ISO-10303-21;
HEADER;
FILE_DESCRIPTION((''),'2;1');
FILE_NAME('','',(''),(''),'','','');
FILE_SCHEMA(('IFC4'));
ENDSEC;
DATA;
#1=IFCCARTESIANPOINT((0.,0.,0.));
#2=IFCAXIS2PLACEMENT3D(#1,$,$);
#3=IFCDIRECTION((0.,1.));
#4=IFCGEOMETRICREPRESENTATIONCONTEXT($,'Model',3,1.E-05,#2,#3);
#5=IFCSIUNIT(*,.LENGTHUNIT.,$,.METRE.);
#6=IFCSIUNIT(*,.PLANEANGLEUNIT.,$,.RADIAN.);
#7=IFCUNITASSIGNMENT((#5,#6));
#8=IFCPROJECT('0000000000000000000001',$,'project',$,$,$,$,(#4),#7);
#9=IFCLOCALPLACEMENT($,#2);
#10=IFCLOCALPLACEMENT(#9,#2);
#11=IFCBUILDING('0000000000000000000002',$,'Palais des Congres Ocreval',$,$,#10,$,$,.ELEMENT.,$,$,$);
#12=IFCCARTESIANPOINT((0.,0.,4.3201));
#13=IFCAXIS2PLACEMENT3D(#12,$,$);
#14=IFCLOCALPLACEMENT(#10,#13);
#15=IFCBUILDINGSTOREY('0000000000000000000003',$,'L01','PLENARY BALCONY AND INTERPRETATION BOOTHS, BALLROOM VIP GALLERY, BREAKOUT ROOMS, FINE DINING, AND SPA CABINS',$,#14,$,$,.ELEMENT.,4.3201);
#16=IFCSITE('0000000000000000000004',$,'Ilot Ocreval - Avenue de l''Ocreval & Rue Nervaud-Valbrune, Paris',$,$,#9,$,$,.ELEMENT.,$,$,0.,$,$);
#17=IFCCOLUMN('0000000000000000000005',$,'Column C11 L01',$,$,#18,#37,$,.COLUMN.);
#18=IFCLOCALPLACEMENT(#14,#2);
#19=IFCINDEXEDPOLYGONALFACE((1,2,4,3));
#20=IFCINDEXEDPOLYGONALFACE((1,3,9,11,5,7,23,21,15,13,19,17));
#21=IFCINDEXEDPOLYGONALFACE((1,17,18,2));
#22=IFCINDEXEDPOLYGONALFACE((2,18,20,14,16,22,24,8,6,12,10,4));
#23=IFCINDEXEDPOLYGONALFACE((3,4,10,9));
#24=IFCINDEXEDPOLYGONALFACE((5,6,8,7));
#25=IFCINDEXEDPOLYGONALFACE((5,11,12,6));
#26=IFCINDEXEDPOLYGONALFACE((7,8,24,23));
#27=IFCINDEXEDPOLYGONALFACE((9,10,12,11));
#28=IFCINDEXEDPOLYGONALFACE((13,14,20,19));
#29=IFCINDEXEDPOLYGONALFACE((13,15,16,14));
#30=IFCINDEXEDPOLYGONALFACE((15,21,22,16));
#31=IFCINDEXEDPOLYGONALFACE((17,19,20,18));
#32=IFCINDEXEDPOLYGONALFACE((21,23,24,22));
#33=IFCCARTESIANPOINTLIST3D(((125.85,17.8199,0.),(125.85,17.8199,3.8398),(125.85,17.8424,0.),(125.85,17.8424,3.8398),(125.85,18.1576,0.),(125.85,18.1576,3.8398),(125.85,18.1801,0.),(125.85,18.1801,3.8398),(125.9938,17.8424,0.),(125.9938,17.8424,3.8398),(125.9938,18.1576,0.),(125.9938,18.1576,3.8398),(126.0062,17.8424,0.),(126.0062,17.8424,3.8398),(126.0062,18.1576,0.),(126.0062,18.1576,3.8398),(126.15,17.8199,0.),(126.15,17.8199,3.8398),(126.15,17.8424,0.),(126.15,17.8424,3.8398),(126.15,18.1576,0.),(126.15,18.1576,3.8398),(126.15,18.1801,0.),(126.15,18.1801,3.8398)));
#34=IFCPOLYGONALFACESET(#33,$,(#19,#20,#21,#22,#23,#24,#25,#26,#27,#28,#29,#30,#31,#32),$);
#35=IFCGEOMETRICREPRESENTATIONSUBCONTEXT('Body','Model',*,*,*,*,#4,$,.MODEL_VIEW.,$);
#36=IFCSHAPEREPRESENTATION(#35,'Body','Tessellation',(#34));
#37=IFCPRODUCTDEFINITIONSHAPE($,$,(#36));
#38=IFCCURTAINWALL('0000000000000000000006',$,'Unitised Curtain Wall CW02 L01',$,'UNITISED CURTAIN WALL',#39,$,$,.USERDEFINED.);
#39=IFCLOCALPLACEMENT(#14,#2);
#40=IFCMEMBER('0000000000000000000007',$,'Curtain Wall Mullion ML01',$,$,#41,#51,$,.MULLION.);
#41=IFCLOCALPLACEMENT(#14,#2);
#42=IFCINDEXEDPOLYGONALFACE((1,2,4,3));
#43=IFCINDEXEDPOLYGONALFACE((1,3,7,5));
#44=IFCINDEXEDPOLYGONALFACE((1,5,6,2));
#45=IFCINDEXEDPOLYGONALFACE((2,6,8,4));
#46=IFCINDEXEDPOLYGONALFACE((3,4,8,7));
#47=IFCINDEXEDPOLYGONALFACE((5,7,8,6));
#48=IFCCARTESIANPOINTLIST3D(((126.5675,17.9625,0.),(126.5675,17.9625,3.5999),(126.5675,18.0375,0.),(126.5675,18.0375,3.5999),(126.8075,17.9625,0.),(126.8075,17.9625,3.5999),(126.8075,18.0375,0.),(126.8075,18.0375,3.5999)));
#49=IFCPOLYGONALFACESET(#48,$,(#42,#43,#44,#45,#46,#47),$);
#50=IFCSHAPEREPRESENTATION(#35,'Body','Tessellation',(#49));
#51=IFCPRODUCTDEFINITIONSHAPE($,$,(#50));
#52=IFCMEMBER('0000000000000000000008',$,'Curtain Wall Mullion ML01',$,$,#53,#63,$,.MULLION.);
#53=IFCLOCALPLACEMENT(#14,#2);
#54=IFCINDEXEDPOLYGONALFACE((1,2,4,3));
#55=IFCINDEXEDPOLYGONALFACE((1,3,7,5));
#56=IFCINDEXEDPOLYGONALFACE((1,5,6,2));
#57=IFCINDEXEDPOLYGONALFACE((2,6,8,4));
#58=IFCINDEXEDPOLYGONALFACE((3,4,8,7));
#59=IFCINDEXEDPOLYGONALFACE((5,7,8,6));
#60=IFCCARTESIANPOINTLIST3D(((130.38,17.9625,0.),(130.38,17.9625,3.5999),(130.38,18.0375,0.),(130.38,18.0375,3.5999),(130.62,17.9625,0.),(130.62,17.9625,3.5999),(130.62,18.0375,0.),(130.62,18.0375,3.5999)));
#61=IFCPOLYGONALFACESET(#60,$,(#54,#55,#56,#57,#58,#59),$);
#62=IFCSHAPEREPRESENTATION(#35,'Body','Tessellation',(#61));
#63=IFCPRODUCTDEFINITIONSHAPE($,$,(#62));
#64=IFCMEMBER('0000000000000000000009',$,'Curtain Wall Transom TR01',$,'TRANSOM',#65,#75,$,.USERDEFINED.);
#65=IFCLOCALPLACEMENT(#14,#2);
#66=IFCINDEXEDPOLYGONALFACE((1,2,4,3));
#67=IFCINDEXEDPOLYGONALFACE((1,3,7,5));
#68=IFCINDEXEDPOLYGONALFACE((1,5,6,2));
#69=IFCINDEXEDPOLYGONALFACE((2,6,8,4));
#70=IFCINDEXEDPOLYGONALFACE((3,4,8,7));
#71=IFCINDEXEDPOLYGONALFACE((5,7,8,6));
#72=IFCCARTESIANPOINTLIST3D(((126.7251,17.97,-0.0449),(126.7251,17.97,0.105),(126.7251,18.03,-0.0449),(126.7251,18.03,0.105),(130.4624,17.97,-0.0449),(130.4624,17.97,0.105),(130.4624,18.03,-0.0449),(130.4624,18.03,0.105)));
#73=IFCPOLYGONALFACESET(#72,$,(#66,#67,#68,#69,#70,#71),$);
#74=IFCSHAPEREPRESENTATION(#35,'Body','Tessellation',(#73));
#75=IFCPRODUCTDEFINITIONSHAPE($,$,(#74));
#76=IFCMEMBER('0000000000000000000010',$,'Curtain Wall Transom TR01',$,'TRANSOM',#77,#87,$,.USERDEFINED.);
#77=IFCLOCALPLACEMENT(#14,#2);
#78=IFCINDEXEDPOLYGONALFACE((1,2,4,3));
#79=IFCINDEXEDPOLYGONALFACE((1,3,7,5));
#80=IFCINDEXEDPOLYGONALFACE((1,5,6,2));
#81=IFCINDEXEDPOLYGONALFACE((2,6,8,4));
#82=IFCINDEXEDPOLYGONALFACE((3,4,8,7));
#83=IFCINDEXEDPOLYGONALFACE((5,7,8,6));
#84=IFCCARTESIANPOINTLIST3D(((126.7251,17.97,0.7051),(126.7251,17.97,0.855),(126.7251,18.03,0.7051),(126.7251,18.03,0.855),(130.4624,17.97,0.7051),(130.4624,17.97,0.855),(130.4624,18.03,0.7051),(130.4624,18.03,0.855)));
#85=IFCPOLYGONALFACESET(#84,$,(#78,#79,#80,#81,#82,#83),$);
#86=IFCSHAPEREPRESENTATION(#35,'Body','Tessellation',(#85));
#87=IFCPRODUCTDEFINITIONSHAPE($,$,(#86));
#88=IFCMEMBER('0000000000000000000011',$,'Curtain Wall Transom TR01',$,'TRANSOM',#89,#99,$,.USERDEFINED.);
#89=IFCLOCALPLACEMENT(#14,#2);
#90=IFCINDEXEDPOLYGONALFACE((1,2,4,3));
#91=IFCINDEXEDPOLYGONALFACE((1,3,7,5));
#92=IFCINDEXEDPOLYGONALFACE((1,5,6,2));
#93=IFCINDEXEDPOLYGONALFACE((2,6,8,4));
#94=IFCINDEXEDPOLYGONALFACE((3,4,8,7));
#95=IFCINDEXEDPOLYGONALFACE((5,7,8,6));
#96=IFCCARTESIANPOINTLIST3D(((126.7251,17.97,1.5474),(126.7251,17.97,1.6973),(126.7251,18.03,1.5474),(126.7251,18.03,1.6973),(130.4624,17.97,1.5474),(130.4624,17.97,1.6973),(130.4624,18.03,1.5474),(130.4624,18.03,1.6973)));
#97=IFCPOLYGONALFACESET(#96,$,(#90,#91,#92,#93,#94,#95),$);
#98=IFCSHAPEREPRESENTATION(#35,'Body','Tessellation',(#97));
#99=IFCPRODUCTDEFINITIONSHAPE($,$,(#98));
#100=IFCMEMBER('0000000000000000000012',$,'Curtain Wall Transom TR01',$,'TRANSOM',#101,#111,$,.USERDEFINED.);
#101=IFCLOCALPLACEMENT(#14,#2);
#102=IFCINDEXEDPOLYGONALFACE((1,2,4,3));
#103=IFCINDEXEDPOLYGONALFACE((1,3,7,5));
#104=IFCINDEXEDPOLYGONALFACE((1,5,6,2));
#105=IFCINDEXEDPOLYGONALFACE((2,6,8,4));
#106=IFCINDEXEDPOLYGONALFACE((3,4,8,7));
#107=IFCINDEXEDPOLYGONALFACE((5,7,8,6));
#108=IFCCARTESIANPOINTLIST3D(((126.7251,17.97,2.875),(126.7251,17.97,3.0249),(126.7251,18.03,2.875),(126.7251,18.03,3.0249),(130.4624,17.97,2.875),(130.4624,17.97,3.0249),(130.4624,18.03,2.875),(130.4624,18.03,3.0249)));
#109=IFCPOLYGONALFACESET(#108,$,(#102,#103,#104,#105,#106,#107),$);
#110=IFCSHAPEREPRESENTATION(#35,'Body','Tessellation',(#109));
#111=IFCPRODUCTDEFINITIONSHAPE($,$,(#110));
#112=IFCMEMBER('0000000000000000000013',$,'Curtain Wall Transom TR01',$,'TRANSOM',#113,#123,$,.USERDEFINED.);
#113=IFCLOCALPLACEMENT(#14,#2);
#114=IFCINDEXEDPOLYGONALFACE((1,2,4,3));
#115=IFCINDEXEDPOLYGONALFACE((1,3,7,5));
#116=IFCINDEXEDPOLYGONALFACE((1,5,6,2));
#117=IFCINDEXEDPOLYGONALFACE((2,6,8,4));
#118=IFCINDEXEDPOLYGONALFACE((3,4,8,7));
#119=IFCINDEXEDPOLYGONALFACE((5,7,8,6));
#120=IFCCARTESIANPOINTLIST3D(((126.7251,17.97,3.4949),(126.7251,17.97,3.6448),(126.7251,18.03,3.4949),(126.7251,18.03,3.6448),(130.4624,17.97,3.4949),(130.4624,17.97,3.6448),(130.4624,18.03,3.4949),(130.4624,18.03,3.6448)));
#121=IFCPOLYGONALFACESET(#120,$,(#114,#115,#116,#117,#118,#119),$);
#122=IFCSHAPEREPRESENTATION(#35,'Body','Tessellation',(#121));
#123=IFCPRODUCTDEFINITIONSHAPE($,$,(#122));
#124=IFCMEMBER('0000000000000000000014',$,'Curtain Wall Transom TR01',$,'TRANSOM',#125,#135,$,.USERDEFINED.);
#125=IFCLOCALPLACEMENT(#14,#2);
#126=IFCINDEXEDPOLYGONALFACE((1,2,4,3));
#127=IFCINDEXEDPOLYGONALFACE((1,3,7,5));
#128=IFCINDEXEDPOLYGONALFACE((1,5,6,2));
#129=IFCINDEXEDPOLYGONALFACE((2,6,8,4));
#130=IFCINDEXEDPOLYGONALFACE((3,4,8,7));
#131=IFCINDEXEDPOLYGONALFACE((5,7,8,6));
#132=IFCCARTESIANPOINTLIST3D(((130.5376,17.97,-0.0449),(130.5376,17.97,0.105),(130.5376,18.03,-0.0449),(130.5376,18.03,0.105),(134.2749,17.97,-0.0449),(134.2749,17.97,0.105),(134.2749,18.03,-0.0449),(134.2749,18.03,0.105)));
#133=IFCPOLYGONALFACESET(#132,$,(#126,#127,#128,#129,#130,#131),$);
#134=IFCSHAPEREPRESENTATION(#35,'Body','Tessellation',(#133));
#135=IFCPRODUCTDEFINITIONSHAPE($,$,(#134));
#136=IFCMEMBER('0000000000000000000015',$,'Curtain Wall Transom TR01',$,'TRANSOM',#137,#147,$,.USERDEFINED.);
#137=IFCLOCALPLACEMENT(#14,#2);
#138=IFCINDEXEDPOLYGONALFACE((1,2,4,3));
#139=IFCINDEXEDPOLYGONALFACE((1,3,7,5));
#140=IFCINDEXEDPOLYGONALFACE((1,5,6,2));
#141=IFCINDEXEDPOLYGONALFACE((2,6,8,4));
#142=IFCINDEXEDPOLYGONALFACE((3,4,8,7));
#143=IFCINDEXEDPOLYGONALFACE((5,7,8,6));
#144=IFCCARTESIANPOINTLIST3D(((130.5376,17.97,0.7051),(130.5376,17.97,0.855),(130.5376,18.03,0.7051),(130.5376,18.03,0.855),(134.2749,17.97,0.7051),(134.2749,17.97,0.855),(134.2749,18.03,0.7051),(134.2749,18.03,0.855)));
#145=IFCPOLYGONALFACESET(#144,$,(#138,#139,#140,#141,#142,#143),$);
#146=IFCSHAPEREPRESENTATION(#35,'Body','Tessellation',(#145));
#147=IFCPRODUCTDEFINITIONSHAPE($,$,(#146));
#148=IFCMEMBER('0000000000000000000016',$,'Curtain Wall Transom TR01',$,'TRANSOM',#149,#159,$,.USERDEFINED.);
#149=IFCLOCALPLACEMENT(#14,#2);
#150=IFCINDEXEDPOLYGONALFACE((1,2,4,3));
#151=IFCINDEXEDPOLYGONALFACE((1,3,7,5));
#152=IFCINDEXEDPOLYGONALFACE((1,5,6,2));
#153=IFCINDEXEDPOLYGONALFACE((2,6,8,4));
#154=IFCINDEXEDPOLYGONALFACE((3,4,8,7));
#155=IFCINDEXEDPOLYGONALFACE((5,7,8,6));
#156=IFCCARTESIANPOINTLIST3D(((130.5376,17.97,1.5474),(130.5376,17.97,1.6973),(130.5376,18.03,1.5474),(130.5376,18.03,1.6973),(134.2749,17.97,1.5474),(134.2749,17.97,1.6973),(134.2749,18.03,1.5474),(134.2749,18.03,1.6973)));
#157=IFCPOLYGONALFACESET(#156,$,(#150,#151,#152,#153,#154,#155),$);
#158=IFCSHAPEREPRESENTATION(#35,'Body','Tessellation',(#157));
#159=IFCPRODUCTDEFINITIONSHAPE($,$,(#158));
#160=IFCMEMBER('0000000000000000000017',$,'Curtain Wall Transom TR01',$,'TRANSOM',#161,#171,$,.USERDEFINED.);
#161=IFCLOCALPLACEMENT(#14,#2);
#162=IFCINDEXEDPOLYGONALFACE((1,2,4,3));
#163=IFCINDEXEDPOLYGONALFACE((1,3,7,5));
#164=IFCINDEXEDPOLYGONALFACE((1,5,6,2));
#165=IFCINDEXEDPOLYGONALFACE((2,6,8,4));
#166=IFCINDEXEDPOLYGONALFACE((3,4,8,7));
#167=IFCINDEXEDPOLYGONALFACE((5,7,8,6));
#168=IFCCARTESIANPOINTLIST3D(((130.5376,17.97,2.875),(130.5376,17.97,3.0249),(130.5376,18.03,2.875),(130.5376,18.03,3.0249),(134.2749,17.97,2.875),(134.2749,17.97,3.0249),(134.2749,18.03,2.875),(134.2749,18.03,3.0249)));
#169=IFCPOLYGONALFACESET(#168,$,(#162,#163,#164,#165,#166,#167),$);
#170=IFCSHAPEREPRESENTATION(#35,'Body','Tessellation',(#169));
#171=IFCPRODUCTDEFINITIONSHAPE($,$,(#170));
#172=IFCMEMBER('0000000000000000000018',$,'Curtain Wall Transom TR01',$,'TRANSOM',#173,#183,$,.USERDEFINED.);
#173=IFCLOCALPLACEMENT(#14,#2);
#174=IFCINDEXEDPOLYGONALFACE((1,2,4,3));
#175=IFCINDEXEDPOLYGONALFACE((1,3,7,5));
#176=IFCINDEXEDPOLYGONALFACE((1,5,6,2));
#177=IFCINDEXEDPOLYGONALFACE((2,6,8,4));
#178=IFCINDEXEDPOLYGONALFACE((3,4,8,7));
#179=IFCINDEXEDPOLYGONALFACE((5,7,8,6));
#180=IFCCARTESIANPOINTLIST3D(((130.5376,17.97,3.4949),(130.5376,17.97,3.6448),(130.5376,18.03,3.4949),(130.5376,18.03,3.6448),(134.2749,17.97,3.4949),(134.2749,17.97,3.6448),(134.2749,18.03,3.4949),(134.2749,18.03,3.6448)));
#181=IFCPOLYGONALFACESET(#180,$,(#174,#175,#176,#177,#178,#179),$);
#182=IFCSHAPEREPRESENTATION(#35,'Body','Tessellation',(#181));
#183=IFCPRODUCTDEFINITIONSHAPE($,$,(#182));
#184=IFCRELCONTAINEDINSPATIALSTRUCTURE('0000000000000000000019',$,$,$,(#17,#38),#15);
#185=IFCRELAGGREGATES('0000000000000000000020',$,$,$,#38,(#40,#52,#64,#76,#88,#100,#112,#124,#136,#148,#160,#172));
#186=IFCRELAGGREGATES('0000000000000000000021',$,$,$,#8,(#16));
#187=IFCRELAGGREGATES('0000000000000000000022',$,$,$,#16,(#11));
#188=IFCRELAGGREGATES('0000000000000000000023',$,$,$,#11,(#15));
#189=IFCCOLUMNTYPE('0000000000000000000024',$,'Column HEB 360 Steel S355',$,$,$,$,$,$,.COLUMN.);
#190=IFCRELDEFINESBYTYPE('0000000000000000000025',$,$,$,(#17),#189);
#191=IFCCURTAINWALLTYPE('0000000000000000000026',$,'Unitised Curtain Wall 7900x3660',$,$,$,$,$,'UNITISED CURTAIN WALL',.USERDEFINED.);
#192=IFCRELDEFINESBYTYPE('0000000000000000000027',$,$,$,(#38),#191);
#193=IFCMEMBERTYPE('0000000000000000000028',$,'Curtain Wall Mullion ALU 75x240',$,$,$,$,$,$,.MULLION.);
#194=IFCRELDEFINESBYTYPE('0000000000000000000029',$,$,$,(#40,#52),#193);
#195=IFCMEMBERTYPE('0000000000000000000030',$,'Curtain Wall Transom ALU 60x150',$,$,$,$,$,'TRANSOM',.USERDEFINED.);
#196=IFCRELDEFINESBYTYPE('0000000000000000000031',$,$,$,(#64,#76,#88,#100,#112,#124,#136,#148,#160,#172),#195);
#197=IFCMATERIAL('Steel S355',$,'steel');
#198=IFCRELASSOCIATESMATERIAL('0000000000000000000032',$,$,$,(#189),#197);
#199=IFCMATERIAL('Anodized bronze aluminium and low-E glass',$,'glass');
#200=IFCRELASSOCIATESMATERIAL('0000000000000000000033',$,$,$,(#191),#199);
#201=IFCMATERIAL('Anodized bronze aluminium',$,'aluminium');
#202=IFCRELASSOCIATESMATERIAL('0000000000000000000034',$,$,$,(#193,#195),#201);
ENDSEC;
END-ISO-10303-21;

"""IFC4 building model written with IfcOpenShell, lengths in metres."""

from ifc_helpers import new_model, si_unit, direction, frame, origin, origin_2d, place, context, subcontext, project, spatial, rectangle, i_section, extrude, material, material_profile, profile_set, type_object, element, aggregate, save


model = new_model("IFC4")

# Units and contexts
model_context = context("Model", 3, precision=1e-05, world=origin(), true_north=direction((0.0, 1.0)))
body_context = subcontext(model_context, "Body", "Model", "MODEL_VIEW")
ifc_project = project(units=[si_unit("LENGTHUNIT", "METRE"), si_unit("PLANEANGLEUNIT", "RADIAN")], contexts=[model_context])

# Site, building, storey
site_placement = place(None, origin())
site = spatial("IfcSite", under=ifc_project, at=site_placement, Name="Ilot Ocreval - Avenue de l'Ocreval & Rue Nervaud-Valbrune, Paris", CompositionType="ELEMENT", RefElevation=0.0)
building_placement = place(site_placement, origin())
building = spatial("IfcBuilding", under=site, at=building_placement, Name="Palais des Congres Ocreval", CompositionType="ELEMENT")
storey_placement = place(building_placement, frame((0.0, 0.0, 4.3201)))
storey = spatial("IfcBuildingStorey", under=building, at=storey_placement, Name="L01", Description="PLENARY BALCONY AND INTERPRETATION BOOTHS, BALLROOM VIP GALLERY, BREAKOUT ROOMS, FINE DINING, AND SPA CABINS", CompositionType="ELEMENT", Elevation=4.3201)

# Column
ifc_material_1 = material(Name="Steel S355", Category="steel")
ifc_material_profile_1 = material_profile(ifc_material_1, i_section(OverallWidth=0.3, OverallDepth=0.3601, WebThickness=0.0125, FlangeThickness=0.0225, at=origin_2d()), Name="HEB 360")
ifc_profile_set_1 = profile_set([ifc_material_profile_1], Name="Steel S355")
column_type = type_object("IfcColumnType", Name="Column HEB 360 Steel S355", PredefinedType="COLUMN", material=ifc_profile_set_1)
column_placement = place(storey_placement, frame((126.0, 18.0, 0.0), z_axis=(0.0, 0.0, 1.0), x_axis=(1.0, 0.0, 0.0)))
element("IfcColumn", 1, at=column_placement, inside=storey, type_object=column_type, Name="Column C11 L01", PredefinedType="COLUMN", context=body_context, shape_type="SweptSolid", body=[
    extrude(i_section(OverallWidth=0.3, OverallDepth=0.3601, WebThickness=0.0125, FlangeThickness=0.0225, at=origin_2d()), origin(), (0.0, 0.0, 1.0), 3.8398),
])

# Curtain wall, members
ifc_material_2 = material(Name="Anodized bronze aluminium and low-E glass", Category="glass")
curtain_wall_type = type_object("IfcCurtainWallType", Name="Unitised Curtain Wall 7900x3660", ElementType="UNITISED CURTAIN WALL", PredefinedType="USERDEFINED", material=ifc_material_2)
curtain_wall_placement = place(storey_placement, origin())
curtain_wall = element("IfcCurtainWall", 2, at=curtain_wall_placement, inside=storey, type_object=curtain_wall_type, Name="Unitised Curtain Wall CW02 L01", ObjectType="UNITISED CURTAIN WALL", PredefinedType="USERDEFINED")
ifc_material_3 = material(Name="Anodized bronze aluminium", Category="aluminium")
ifc_material_profile_2 = material_profile(ifc_material_3, rectangle(XDim=0.075, YDim=0.24, at=origin_2d()), Name="ALU 75x240")
ifc_profile_set_2 = profile_set([ifc_material_profile_2], Name="Anodized bronze aluminium")
member_type_1 = type_object("IfcMemberType", Name="Curtain Wall Mullion ALU 75x240", PredefinedType="MULLION", material=ifc_profile_set_2)
member_1_placement = place(storey_placement, frame((126.6875, 18.0, 0.0), z_axis=(0.0, 0.0, 1.0), x_axis=(0.0, 1.0, 0.0)))
member_1 = element("IfcMember", 3, at=member_1_placement, type_object=member_type_1, Name="Curtain Wall Mullion ML01", PredefinedType="MULLION", context=body_context, shape_type="SweptSolid", body=[
    extrude(rectangle(XDim=0.075, YDim=0.24, at=origin_2d()), origin(), (0.0, 0.0, 1.0), 3.5999),
])
member_2_placement = place(storey_placement, frame((130.5, 18.0, 0.0), z_axis=(0.0, 0.0, 1.0), x_axis=(0.0, 1.0, 0.0)))
member_2 = element("IfcMember", 4, at=member_2_placement, type_object=member_type_1, Name="Curtain Wall Mullion ML01", PredefinedType="MULLION", context=body_context, shape_type="SweptSolid", body=[
    extrude(rectangle(XDim=0.075, YDim=0.24, at=origin_2d()), origin(), (0.0, 0.0, 1.0), 3.5999),
])
ifc_material_profile_3 = material_profile(ifc_material_3, rectangle(XDim=0.0601, YDim=0.1499, at=origin_2d()), Name="ALU 60x150")
ifc_profile_set_3 = profile_set([ifc_material_profile_3], Name="Anodized bronze aluminium")
member_type_2 = type_object("IfcMemberType", Name="Curtain Wall Transom ALU 60x150", ElementType="TRANSOM", PredefinedType="USERDEFINED", material=ifc_profile_set_3)
member_3_placement = place(storey_placement, frame((126.7251, 18.0, 0.03), z_axis=(1.0, 0.0, 0.0), x_axis=(0.0, 1.0, 0.0)))
member_3 = element("IfcMember", 5, at=member_3_placement, type_object=member_type_2, Name="Curtain Wall Transom TR01", ObjectType="TRANSOM", PredefinedType="USERDEFINED", context=body_context, shape_type="SweptSolid", body=[
    extrude(rectangle(XDim=0.0601, YDim=0.1499, at=origin_2d()), origin(), (0.0, 0.0, 1.0), 3.7373),
])
member_4_placement = place(storey_placement, frame((126.7251, 18.0, 0.78), z_axis=(1.0, 0.0, 0.0), x_axis=(0.0, 1.0, 0.0)))
member_4 = element("IfcMember", 6, at=member_4_placement, type_object=member_type_2, Name="Curtain Wall Transom TR01", ObjectType="TRANSOM", PredefinedType="USERDEFINED", context=body_context, shape_type="SweptSolid", body=[
    extrude(rectangle(XDim=0.0601, YDim=0.1499, at=origin_2d()), origin(), (0.0, 0.0, 1.0), 3.7373),
])
member_5_placement = place(storey_placement, frame((126.7251, 18.0, 1.6223), z_axis=(1.0, 0.0, 0.0), x_axis=(0.0, 1.0, 0.0)))
member_5 = element("IfcMember", 7, at=member_5_placement, type_object=member_type_2, Name="Curtain Wall Transom TR01", ObjectType="TRANSOM", PredefinedType="USERDEFINED", context=body_context, shape_type="SweptSolid", body=[
    extrude(rectangle(XDim=0.0601, YDim=0.1499, at=origin_2d()), origin(), (0.0, 0.0, 1.0), 3.7373),
])
member_6_placement = place(storey_placement, frame((126.7251, 18.0, 2.95), z_axis=(1.0, 0.0, 0.0), x_axis=(0.0, 1.0, 0.0)))
member_6 = element("IfcMember", 8, at=member_6_placement, type_object=member_type_2, Name="Curtain Wall Transom TR01", ObjectType="TRANSOM", PredefinedType="USERDEFINED", context=body_context, shape_type="SweptSolid", body=[
    extrude(rectangle(XDim=0.0601, YDim=0.1499, at=origin_2d()), origin(), (0.0, 0.0, 1.0), 3.7373),
])
member_7_placement = place(storey_placement, frame((126.7251, 18.0, 3.5698), z_axis=(1.0, 0.0, 0.0), x_axis=(0.0, 1.0, 0.0)))
member_7 = element("IfcMember", 9, at=member_7_placement, type_object=member_type_2, Name="Curtain Wall Transom TR01", ObjectType="TRANSOM", PredefinedType="USERDEFINED", context=body_context, shape_type="SweptSolid", body=[
    extrude(rectangle(XDim=0.0601, YDim=0.1499, at=origin_2d()), origin(), (0.0, 0.0, 1.0), 3.7373),
])
member_8_placement = place(storey_placement, frame((130.5376, 18.0, 0.03), z_axis=(1.0, 0.0, 0.0), x_axis=(0.0, 1.0, 0.0)))
member_8 = element("IfcMember", 10, at=member_8_placement, type_object=member_type_2, Name="Curtain Wall Transom TR01", ObjectType="TRANSOM", PredefinedType="USERDEFINED", context=body_context, shape_type="SweptSolid", body=[
    extrude(rectangle(XDim=0.0601, YDim=0.1499, at=origin_2d()), origin(), (0.0, 0.0, 1.0), 3.7373),
])
member_9_placement = place(storey_placement, frame((130.5376, 18.0, 0.78), z_axis=(1.0, 0.0, 0.0), x_axis=(0.0, 1.0, 0.0)))
member_9 = element("IfcMember", 11, at=member_9_placement, type_object=member_type_2, Name="Curtain Wall Transom TR01", ObjectType="TRANSOM", PredefinedType="USERDEFINED", context=body_context, shape_type="SweptSolid", body=[
    extrude(rectangle(XDim=0.0601, YDim=0.1499, at=origin_2d()), origin(), (0.0, 0.0, 1.0), 3.7373),
])
member_10_placement = place(storey_placement, frame((130.5376, 18.0, 1.6223), z_axis=(1.0, 0.0, 0.0), x_axis=(0.0, 1.0, 0.0)))
member_10 = element("IfcMember", 12, at=member_10_placement, type_object=member_type_2, Name="Curtain Wall Transom TR01", ObjectType="TRANSOM", PredefinedType="USERDEFINED", context=body_context, shape_type="SweptSolid", body=[
    extrude(rectangle(XDim=0.0601, YDim=0.1499, at=origin_2d()), origin(), (0.0, 0.0, 1.0), 3.7373),
])
member_11_placement = place(storey_placement, frame((130.5376, 18.0, 2.95), z_axis=(1.0, 0.0, 0.0), x_axis=(0.0, 1.0, 0.0)))
member_11 = element("IfcMember", 13, at=member_11_placement, type_object=member_type_2, Name="Curtain Wall Transom TR01", ObjectType="TRANSOM", PredefinedType="USERDEFINED", context=body_context, shape_type="SweptSolid", body=[
    extrude(rectangle(XDim=0.0601, YDim=0.1499, at=origin_2d()), origin(), (0.0, 0.0, 1.0), 3.7373),
])
member_12_placement = place(storey_placement, frame((130.5376, 18.0, 3.5698), z_axis=(1.0, 0.0, 0.0), x_axis=(0.0, 1.0, 0.0)))
member_12 = element("IfcMember", 14, at=member_12_placement, type_object=member_type_2, Name="Curtain Wall Transom TR01", ObjectType="TRANSOM", PredefinedType="USERDEFINED", context=body_context, shape_type="SweptSolid", body=[
    extrude(rectangle(XDim=0.0601, YDim=0.1499, at=origin_2d()), origin(), (0.0, 0.0, 1.0), 3.7373),
])

aggregate(curtain_wall, [member_1, member_2, member_3, member_4, member_5, member_6, member_7, member_8, member_9, member_10, member_11, member_12])

save(model, "model.ifc")
